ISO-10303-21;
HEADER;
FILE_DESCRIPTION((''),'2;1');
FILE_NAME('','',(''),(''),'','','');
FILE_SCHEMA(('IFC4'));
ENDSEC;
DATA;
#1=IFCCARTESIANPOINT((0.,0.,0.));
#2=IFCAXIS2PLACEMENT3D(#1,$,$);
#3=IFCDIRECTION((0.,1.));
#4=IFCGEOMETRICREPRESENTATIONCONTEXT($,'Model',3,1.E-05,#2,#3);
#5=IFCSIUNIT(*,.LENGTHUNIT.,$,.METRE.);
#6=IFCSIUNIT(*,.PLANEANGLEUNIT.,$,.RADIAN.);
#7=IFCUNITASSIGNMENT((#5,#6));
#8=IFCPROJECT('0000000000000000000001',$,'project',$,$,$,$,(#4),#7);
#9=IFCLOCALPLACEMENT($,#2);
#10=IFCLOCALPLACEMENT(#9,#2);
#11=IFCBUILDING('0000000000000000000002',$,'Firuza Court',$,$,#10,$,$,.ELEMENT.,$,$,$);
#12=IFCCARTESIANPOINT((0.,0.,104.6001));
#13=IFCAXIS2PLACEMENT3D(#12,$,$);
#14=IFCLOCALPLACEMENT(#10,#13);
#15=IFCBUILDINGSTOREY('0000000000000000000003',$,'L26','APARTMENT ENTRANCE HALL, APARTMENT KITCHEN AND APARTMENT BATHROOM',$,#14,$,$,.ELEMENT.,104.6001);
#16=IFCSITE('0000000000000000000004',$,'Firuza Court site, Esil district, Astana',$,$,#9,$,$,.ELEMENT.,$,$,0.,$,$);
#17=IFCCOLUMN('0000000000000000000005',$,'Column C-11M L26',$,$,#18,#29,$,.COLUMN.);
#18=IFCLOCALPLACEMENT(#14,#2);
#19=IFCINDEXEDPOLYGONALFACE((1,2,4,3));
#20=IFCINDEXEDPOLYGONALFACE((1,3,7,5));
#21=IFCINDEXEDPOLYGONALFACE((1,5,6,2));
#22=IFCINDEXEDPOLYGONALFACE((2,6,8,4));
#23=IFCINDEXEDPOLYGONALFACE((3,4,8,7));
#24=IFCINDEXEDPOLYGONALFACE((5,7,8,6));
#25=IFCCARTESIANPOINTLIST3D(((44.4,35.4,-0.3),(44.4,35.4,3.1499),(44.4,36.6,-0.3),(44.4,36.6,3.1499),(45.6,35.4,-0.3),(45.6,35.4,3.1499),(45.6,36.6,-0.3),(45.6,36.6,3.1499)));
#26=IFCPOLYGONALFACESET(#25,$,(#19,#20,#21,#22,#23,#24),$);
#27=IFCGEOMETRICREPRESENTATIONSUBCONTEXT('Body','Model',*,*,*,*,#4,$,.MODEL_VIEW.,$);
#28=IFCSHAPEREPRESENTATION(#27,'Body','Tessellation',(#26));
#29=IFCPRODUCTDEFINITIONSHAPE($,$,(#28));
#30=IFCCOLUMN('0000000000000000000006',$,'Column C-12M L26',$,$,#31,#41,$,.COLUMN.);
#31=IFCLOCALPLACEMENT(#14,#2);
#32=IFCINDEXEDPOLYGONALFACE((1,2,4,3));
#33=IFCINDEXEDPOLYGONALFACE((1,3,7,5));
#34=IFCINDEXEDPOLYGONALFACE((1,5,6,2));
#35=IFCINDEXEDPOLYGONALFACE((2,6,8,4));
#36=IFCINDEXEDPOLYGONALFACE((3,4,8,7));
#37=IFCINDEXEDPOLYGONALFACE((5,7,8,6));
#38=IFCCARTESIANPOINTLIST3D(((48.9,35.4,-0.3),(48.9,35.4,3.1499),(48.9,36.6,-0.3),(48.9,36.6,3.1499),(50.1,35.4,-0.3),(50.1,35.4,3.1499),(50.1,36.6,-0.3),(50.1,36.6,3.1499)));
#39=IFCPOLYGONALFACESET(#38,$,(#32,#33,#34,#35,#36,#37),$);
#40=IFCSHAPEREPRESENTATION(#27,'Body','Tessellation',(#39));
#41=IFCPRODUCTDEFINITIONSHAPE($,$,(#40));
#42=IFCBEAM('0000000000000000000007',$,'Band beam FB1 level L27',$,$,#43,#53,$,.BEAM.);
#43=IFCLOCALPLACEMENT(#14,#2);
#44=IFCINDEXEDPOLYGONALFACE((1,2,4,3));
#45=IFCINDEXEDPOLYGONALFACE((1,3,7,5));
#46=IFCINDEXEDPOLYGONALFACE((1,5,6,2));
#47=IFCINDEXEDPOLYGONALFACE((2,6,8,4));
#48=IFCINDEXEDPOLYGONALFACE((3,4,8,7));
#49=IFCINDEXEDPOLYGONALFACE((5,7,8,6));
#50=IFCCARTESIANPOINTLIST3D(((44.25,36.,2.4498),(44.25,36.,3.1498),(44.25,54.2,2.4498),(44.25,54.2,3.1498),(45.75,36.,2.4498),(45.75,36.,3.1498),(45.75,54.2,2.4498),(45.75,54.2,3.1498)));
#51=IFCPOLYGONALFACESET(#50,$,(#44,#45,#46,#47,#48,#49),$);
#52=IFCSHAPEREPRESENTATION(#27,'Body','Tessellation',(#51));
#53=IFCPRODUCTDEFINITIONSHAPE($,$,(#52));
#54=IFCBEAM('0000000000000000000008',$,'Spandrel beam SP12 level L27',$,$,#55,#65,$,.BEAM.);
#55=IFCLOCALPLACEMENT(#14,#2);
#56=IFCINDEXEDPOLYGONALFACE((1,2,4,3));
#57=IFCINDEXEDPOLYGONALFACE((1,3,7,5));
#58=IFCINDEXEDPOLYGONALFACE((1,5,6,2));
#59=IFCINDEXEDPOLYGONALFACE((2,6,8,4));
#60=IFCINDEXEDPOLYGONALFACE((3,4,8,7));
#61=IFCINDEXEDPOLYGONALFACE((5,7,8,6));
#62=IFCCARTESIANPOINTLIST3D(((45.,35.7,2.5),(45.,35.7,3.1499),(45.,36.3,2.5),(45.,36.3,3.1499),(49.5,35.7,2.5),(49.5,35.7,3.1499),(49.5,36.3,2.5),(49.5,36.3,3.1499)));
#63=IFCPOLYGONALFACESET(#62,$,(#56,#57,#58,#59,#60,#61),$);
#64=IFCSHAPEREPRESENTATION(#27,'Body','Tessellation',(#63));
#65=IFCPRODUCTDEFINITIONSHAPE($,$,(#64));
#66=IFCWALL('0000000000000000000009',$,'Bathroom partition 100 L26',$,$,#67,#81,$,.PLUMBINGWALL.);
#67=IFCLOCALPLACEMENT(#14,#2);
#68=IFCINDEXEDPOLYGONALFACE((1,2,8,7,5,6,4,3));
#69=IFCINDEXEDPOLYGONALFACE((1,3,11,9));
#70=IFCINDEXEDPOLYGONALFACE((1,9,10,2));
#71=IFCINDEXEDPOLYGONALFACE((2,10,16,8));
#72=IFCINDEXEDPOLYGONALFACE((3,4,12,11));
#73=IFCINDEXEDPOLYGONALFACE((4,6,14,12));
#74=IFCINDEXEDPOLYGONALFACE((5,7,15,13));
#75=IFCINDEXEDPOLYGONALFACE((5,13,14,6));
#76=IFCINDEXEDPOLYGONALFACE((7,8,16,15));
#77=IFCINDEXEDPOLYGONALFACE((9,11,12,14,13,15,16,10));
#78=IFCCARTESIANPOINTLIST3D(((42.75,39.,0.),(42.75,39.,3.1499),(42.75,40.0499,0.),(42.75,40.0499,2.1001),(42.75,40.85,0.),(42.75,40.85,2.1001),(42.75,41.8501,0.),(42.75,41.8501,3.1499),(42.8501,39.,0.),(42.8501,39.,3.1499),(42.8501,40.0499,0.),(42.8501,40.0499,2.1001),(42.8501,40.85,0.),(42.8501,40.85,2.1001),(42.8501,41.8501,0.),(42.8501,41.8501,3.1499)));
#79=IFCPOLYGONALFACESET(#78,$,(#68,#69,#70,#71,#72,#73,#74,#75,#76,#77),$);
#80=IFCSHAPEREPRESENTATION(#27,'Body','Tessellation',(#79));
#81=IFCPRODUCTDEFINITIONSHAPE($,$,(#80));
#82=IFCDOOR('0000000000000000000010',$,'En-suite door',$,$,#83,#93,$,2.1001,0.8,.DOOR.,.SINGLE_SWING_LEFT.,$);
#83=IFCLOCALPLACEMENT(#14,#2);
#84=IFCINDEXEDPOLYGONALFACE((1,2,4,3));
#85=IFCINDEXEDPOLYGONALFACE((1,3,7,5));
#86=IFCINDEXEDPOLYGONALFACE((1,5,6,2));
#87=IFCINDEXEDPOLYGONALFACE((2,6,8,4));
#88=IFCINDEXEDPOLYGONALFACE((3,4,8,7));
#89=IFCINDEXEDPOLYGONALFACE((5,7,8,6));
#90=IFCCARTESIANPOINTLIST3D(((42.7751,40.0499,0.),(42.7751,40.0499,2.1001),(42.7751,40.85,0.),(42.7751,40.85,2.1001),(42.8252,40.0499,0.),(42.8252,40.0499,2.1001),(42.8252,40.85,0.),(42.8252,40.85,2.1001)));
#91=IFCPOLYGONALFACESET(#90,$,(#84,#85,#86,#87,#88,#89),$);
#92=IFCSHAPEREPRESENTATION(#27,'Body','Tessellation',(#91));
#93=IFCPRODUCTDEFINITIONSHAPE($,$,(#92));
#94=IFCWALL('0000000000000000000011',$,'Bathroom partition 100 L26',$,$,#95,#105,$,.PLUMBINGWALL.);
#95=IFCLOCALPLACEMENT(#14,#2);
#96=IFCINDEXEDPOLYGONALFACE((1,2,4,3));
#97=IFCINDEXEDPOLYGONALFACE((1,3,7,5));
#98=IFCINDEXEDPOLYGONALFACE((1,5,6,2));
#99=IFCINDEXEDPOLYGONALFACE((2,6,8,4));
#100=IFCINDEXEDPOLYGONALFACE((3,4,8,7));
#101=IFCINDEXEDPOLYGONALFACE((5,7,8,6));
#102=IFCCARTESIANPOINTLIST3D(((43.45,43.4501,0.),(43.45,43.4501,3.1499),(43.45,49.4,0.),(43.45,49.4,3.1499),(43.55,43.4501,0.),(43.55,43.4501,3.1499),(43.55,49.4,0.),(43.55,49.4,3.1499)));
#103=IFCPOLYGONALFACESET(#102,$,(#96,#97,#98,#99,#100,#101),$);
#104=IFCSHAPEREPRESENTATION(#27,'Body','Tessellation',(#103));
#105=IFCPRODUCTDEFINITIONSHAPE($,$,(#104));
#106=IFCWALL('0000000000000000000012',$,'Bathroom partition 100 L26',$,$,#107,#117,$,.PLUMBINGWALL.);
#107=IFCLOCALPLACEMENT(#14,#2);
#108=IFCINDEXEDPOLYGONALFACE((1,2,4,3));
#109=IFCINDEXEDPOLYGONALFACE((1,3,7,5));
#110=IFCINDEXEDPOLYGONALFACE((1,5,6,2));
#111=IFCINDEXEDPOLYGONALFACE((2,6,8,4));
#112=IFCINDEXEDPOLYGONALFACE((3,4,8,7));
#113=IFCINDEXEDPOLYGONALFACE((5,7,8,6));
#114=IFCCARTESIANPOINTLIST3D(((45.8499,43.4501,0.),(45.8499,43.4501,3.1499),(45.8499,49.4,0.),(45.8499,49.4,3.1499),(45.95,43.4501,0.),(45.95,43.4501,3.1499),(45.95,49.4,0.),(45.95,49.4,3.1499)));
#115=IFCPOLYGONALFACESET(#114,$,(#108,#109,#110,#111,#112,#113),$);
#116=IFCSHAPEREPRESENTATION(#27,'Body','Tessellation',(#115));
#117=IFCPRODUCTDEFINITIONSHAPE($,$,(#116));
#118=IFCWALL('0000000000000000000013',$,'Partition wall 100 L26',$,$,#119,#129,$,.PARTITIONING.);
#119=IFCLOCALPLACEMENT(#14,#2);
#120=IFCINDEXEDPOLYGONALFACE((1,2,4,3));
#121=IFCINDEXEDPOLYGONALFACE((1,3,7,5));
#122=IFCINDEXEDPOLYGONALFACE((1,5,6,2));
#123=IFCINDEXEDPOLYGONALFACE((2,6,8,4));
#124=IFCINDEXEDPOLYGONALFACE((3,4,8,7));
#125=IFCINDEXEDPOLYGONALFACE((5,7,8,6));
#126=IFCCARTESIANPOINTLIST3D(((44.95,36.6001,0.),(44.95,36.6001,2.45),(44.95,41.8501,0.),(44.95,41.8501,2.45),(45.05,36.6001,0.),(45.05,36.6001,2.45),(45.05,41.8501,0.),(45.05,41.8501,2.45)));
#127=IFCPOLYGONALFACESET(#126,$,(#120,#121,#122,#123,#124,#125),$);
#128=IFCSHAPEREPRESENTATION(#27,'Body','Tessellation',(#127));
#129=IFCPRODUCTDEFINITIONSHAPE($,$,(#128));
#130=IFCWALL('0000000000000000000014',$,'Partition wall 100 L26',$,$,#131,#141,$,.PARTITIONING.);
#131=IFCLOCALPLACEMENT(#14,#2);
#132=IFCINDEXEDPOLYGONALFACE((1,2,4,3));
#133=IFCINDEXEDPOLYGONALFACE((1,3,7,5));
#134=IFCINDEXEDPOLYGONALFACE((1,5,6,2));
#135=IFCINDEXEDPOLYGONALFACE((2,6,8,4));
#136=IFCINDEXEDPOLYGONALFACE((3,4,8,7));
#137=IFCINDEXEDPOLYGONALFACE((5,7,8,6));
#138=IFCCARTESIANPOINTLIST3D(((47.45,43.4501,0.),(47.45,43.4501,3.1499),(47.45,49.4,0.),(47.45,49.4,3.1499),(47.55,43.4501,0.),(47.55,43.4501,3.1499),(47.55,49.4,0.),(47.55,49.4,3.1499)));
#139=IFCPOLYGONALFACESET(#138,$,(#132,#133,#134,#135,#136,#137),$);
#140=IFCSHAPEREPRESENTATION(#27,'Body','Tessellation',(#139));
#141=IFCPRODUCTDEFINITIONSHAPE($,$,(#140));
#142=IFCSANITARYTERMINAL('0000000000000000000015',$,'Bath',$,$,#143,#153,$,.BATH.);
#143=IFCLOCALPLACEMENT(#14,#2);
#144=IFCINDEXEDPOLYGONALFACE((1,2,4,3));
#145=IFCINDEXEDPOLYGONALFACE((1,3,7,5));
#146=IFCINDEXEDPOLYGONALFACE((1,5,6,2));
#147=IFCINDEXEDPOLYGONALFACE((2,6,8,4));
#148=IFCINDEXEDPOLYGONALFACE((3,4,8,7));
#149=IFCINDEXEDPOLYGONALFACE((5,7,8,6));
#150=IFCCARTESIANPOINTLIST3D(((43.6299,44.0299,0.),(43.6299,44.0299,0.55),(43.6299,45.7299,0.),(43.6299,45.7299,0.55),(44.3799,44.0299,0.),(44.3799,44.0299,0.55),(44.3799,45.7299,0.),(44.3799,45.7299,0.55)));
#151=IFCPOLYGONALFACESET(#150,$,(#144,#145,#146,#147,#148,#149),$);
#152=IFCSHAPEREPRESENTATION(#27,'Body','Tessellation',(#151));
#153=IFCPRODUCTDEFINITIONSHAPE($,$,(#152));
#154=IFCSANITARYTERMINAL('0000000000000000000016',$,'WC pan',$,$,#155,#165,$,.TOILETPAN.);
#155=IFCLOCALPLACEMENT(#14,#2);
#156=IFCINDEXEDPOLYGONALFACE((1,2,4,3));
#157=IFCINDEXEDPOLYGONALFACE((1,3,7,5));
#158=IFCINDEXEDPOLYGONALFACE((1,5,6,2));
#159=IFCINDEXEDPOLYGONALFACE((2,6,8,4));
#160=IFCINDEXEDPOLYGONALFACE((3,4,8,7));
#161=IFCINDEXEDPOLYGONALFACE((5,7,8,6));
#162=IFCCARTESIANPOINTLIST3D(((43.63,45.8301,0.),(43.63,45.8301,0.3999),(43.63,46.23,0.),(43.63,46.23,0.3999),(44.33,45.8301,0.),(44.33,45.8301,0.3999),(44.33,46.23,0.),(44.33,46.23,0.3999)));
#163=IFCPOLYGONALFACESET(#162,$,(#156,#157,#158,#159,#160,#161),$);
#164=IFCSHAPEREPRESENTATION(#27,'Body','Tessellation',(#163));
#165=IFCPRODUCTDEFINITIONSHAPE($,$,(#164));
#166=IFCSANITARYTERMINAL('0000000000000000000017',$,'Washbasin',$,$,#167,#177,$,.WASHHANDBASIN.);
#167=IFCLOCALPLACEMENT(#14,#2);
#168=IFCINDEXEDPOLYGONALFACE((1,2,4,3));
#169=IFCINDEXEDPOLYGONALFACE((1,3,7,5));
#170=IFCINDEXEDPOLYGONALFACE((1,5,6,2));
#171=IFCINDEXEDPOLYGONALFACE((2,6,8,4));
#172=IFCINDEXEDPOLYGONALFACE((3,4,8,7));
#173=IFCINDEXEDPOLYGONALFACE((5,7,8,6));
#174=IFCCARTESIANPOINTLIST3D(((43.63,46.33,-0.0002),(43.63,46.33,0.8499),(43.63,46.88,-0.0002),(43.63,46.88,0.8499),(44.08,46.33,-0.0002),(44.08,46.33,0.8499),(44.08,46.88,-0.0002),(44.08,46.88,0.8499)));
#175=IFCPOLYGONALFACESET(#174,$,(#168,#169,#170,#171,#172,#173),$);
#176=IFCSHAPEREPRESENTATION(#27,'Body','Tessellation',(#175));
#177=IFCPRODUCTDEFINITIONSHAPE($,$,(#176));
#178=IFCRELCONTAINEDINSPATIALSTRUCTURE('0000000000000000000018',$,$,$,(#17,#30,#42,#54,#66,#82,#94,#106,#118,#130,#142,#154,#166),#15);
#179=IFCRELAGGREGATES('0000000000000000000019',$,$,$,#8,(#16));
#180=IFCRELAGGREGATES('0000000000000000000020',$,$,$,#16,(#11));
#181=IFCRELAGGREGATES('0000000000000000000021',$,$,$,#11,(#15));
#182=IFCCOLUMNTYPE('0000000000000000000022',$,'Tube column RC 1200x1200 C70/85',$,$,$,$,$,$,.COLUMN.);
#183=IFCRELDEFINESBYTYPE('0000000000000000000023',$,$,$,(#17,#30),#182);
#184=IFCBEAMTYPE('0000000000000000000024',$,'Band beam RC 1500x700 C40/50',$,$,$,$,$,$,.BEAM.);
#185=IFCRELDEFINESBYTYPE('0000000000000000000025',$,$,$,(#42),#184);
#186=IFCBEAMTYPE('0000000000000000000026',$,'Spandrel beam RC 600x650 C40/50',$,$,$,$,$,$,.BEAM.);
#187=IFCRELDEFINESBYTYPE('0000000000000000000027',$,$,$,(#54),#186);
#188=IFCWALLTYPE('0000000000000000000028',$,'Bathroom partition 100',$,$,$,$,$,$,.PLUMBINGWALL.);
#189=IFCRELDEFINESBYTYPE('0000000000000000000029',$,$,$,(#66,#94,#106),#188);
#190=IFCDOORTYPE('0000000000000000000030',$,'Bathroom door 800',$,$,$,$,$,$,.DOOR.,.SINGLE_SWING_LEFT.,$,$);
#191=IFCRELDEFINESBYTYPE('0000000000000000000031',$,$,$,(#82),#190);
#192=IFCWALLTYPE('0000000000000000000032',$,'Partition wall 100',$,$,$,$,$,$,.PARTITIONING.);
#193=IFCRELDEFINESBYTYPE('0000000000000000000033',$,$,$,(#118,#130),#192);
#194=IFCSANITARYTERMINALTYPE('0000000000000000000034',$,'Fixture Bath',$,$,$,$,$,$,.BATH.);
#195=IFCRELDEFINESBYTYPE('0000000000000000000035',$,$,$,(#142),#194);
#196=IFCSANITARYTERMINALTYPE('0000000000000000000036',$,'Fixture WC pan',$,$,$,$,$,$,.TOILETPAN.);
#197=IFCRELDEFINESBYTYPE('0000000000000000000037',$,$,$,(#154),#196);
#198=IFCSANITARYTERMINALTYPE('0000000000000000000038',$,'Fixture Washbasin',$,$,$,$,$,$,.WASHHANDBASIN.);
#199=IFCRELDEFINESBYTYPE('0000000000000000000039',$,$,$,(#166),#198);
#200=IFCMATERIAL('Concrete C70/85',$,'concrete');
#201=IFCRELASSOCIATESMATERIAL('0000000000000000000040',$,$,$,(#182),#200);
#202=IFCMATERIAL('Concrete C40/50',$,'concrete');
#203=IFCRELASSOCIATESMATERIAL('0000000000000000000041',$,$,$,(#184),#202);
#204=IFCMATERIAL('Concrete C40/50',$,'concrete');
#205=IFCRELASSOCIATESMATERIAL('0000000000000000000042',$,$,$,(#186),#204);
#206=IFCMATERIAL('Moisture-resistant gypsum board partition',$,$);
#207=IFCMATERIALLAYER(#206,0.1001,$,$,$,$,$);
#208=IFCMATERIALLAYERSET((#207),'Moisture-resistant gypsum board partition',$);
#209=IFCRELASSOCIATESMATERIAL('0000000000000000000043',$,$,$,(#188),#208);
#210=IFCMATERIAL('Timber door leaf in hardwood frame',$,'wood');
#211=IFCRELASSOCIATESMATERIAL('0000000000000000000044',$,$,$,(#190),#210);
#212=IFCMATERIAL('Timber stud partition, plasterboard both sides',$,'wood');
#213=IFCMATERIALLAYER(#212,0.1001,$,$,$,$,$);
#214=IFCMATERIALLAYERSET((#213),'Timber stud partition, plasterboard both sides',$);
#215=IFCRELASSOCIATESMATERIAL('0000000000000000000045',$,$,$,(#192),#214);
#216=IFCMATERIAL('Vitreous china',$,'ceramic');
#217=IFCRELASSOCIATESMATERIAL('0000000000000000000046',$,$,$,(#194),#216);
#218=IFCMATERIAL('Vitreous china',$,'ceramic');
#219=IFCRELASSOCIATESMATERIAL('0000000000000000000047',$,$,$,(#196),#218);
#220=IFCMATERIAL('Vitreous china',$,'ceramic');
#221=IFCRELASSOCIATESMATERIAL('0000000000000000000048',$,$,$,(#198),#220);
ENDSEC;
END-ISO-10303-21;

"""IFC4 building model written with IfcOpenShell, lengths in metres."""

from ifc_helpers import new_model, si_unit, direction, frame, frame_2d, origin, origin_2d, place, context, subcontext, project, spatial, rectangle, extrude, material, layer, layer_set, material_profile, profile_set, type_object, element, fill, save


model = new_model("IFC4")

# Units and contexts
model_context = context("Model", 3, precision=1e-05, world=origin(), true_north=direction((0.0, 1.0)))
body_context = subcontext(model_context, "Body", "Model", "MODEL_VIEW")
ifc_project = project(units=[si_unit("LENGTHUNIT", "METRE"), si_unit("PLANEANGLEUNIT", "RADIAN")], contexts=[model_context])

# Site, building, storey
site_placement = place(None, origin())
site = spatial("IfcSite", under=ifc_project, at=site_placement, Name="Firuza Court site, Esil district, Astana", CompositionType="ELEMENT", RefElevation=0.0)
building_placement = place(site_placement, origin())
building = spatial("IfcBuilding", under=site, at=building_placement, Name="Firuza Court", CompositionType="ELEMENT")
storey_placement = place(building_placement, frame((0.0, 0.0, 104.6001)))
storey = spatial("IfcBuildingStorey", under=building, at=storey_placement, Name="L26", Description="APARTMENT ENTRANCE HALL, APARTMENT KITCHEN AND APARTMENT BATHROOM", CompositionType="ELEMENT", Elevation=104.6001)

# Columns
ifc_material_1 = material(Name="Concrete C70/85", Category="concrete")
ifc_material_profile_1 = material_profile(ifc_material_1, rectangle(XDim=1.2, YDim=1.2, at=origin_2d()), Name="RC 1200x1200")
ifc_profile_set_1 = profile_set([ifc_material_profile_1], Name="Concrete C70/85")
column_type = type_object("IfcColumnType", Name="Tube column RC 1200x1200 C70/85", PredefinedType="COLUMN", material=ifc_profile_set_1)
for number, where, z_axis, x_axis, name in (
    (1, (45.0, 36.0, -0.3), (0.0, 0.0, 1.0), (1.0, 0.0, 0.0), "Column C-11M L26"),
    (2, (49.5, 36.0, -0.3), (0.0, 0.0, 1.0), (1.0, 0.0, 0.0), "Column C-12M L26"),
):
    element("IfcColumn", number, at=place(storey_placement, frame(where, z_axis=z_axis, x_axis=x_axis)), inside=storey, type_object=column_type, Name=name, PredefinedType="COLUMN", context=body_context, shape_type="SweptSolid", body=[
        extrude(rectangle(XDim=1.2, YDim=1.2, at=origin_2d()), origin(), (0.0, 0.0, 1.0), 3.45),
    ])

# Beams
ifc_material_2 = material(Name="Concrete C40/50", Category="concrete")
ifc_material_profile_2 = material_profile(ifc_material_2, rectangle(XDim=1.5, YDim=0.7, at=origin_2d()), Name="RC 1500x700")
ifc_profile_set_2 = profile_set([ifc_material_profile_2], Name="Concrete C40/50")
beam_type_1 = type_object("IfcBeamType", Name="Band beam RC 1500x700 C40/50", PredefinedType="BEAM", material=ifc_profile_set_2)
beam_1_placement = place(storey_placement, frame((45.0, 36.0, 2.7998), z_axis=(0.0, 1.0, 0.0), x_axis=(-1.0, 0.0, 0.0)))
element("IfcBeam", 3, at=beam_1_placement, inside=storey, type_object=beam_type_1, Name="Band beam FB1 level L27", PredefinedType="BEAM", context=body_context, shape_type="SweptSolid", body=[
    extrude(rectangle(XDim=1.5, YDim=0.7, at=origin_2d()), origin(), (0.0, 0.0, 1.0), 18.2),
])
ifc_material_3 = material(Name="Concrete C40/50", Category="concrete")
ifc_material_profile_3 = material_profile(ifc_material_3, rectangle(XDim=0.6001, YDim=0.6499, at=origin_2d()), Name="RC 600x650")
ifc_profile_set_3 = profile_set([ifc_material_profile_3], Name="Concrete C40/50")
beam_type_2 = type_object("IfcBeamType", Name="Spandrel beam RC 600x650 C40/50", PredefinedType="BEAM", material=ifc_profile_set_3)
beam_2_placement = place(storey_placement, frame((45.0, 36.0, 2.825), z_axis=(1.0, 0.0, 0.0), x_axis=(0.0, 1.0, 0.0)))
element("IfcBeam", 4, at=beam_2_placement, inside=storey, type_object=beam_type_2, Name="Spandrel beam SP12 level L27", PredefinedType="BEAM", context=body_context, shape_type="SweptSolid", body=[
    extrude(rectangle(XDim=0.6001, YDim=0.6499, at=origin_2d()), origin(), (0.0, 0.0, 1.0), 4.5),
])

# Wall, opening, door
ifc_material_4 = material(Name="Moisture-resistant gypsum board partition")
ifc_layer_1 = layer(ifc_material_4, 0.1001)
ifc_layer_set_1 = layer_set([ifc_layer_1], Name="Moisture-resistant gypsum board partition")
wall_type_1 = type_object("IfcWallType", Name="Bathroom partition 100", PredefinedType="PLUMBINGWALL", material=ifc_layer_set_1)
wall_1_placement = place(storey_placement, frame((42.8, 39.0, 0.0), z_axis=(0.0, 0.0, 1.0), x_axis=(0.0, 1.0, 0.0)))
wall_1 = element("IfcWall", 5, at=wall_1_placement, inside=storey, type_object=wall_type_1, Name="Bathroom partition 100 L26", PredefinedType="PLUMBINGWALL", context=body_context, shape_type="SweptSolid", body=[
    extrude(rectangle(XDim=2.8501, YDim=0.1001, at=frame_2d((1.425, 0.0))), origin(), (0.0, 0.0, 1.0), 3.1499),
])
opening_placement = place(wall_1_placement, frame((1.05, 0.0, 0.0)))
opening = element("IfcOpeningElement", 6, at=opening_placement, cuts=wall_1, PredefinedType="OPENING", context=body_context, shape_type="SweptSolid", body=[
    extrude(rectangle(XDim=0.8, YDim=2.1001, at=frame_2d((0.3999, 1.05))), frame((0.0, 0.062, 0.0), z_axis=(0.0, -1.0, 0.0), x_axis=(1.0, 0.0, 0.0)), (0.0, 0.0, 1.0), 0.124),
])
ifc_material_5 = material(Name="Timber door leaf in hardwood frame", Category="wood")
door_type = type_object("IfcDoorType", Name="Bathroom door 800", OperationType="SINGLE_SWING_LEFT", PredefinedType="DOOR", material=ifc_material_5)
door_placement = place(opening_placement, origin())
door = element("IfcDoor", 7, at=door_placement, inside=storey, type_object=door_type, Name="En-suite door", OperationType="SINGLE_SWING_LEFT", OverallHeight=2.1001, OverallWidth=0.8, PredefinedType="DOOR", context=body_context, shape_type="SweptSolid", body=[
    extrude(rectangle(XDim=0.8, YDim=2.1001, at=frame_2d((0.3999, 1.05))), frame((0.0, 0.0249, 0.0), z_axis=(0.0, -1.0, 0.0), x_axis=(1.0, 0.0, 0.0)), (0.0, 0.0, 1.0), 0.05),
])
fill(opening, door)

# Walls
for number, where, z_axis, x_axis, name in (
    (8, (43.5, 43.45, 0.0), (0.0, 0.0, 1.0), (0.0, 1.0, 0.0), "Bathroom partition 100 L26"),
    (9, (45.8999, 43.45, 0.0), (0.0, 0.0, 1.0), (0.0, 1.0, 0.0), "Bathroom partition 100 L26"),
):
    element("IfcWall", number, at=place(storey_placement, frame(where, z_axis=z_axis, x_axis=x_axis)), inside=storey, type_object=wall_type_1, Name=name, PredefinedType="PLUMBINGWALL", context=body_context, shape_type="SweptSolid", body=[
        extrude(rectangle(XDim=5.95, YDim=0.1001, at=frame_2d((2.9751, 0.0))), origin(), (0.0, 0.0, 1.0), 3.1499),
    ])
ifc_material_6 = material(Name="Timber stud partition, plasterboard both sides", Category="wood")
ifc_layer_2 = layer(ifc_material_6, 0.1001)
ifc_layer_set_2 = layer_set([ifc_layer_2], Name="Timber stud partition, plasterboard both sides")
wall_type_2 = type_object("IfcWallType", Name="Partition wall 100", PredefinedType="PARTITIONING", material=ifc_layer_set_2)
wall_2_placement = place(storey_placement, frame((45.0, 36.6001, 0.0), z_axis=(0.0, 0.0, 1.0), x_axis=(0.0, 1.0, 0.0)))
element("IfcWall", 10, at=wall_2_placement, inside=storey, type_object=wall_type_2, Name="Partition wall 100 L26", PredefinedType="PARTITIONING", context=body_context, shape_type="SweptSolid", body=[
    extrude(rectangle(XDim=5.25, YDim=0.1001, at=frame_2d((2.625, 0.0))), origin(), (0.0, 0.0, 1.0), 2.45),
])
wall_3_placement = place(storey_placement, frame((47.5, 43.45, 0.0), z_axis=(0.0, 0.0, 1.0), x_axis=(0.0, 1.0, 0.0)))
element("IfcWall", 11, at=wall_3_placement, inside=storey, type_object=wall_type_2, Name="Partition wall 100 L26", PredefinedType="PARTITIONING", context=body_context, shape_type="SweptSolid", body=[
    extrude(rectangle(XDim=5.95, YDim=0.1001, at=frame_2d((2.9751, 0.0))), origin(), (0.0, 0.0, 1.0), 3.1499),
])

# Sanitary terminals
ifc_material_7 = material(Name="Vitreous china", Category="ceramic")
sanitary_terminal_type_1 = type_object("IfcSanitaryTerminalType", Name="Fixture Bath", PredefinedType="BATH", material=ifc_material_7)
sanitary_terminal_1_placement = place(storey_placement, frame((44.0049, 44.8799, 0.0), z_axis=(0.0, 0.0, 1.0), x_axis=(1.0, 0.0, 0.0)))
element("IfcSanitaryTerminal", 12, at=sanitary_terminal_1_placement, inside=storey, type_object=sanitary_terminal_type_1, Name="Bath", PredefinedType="BATH", context=body_context, shape_type="SweptSolid", body=[
    extrude(rectangle(XDim=0.75, YDim=1.7, at=origin_2d()), origin(), (0.0, 0.0, 1.0), 0.55),
])
ifc_material_8 = material(Name="Vitreous china", Category="ceramic")
sanitary_terminal_type_2 = type_object("IfcSanitaryTerminalType", Name="Fixture WC pan", PredefinedType="TOILETPAN", material=ifc_material_8)
sanitary_terminal_2_placement = place(storey_placement, frame((43.98, 46.03, 0.0), z_axis=(0.0, 0.0, 1.0), x_axis=(1.0, 0.0, 0.0)))
element("IfcSanitaryTerminal", 13, at=sanitary_terminal_2_placement, inside=storey, type_object=sanitary_terminal_type_2, Name="WC pan", PredefinedType="TOILETPAN", context=body_context, shape_type="SweptSolid", body=[
    extrude(rectangle(XDim=0.7, YDim=0.3999, at=origin_2d()), origin(), (0.0, 0.0, 1.0), 0.3999),
])
ifc_material_9 = material(Name="Vitreous china", Category="ceramic")
sanitary_terminal_type_3 = type_object("IfcSanitaryTerminalType", Name="Fixture Washbasin", PredefinedType="WASHHANDBASIN", material=ifc_material_9)
sanitary_terminal_3_placement = place(storey_placement, frame((43.855, 46.605, -0.0002), z_axis=(0.0, 0.0, 1.0), x_axis=(1.0, 0.0, 0.0)))
element("IfcSanitaryTerminal", 14, at=sanitary_terminal_3_placement, inside=storey, type_object=sanitary_terminal_type_3, Name="Washbasin", PredefinedType="WASHHANDBASIN", context=body_context, shape_type="SweptSolid", body=[
    extrude(rectangle(XDim=0.45, YDim=0.55, at=origin_2d()), origin(), (0.0, 0.0, 1.0), 0.8501),
])

save(model, "model.ifc")
